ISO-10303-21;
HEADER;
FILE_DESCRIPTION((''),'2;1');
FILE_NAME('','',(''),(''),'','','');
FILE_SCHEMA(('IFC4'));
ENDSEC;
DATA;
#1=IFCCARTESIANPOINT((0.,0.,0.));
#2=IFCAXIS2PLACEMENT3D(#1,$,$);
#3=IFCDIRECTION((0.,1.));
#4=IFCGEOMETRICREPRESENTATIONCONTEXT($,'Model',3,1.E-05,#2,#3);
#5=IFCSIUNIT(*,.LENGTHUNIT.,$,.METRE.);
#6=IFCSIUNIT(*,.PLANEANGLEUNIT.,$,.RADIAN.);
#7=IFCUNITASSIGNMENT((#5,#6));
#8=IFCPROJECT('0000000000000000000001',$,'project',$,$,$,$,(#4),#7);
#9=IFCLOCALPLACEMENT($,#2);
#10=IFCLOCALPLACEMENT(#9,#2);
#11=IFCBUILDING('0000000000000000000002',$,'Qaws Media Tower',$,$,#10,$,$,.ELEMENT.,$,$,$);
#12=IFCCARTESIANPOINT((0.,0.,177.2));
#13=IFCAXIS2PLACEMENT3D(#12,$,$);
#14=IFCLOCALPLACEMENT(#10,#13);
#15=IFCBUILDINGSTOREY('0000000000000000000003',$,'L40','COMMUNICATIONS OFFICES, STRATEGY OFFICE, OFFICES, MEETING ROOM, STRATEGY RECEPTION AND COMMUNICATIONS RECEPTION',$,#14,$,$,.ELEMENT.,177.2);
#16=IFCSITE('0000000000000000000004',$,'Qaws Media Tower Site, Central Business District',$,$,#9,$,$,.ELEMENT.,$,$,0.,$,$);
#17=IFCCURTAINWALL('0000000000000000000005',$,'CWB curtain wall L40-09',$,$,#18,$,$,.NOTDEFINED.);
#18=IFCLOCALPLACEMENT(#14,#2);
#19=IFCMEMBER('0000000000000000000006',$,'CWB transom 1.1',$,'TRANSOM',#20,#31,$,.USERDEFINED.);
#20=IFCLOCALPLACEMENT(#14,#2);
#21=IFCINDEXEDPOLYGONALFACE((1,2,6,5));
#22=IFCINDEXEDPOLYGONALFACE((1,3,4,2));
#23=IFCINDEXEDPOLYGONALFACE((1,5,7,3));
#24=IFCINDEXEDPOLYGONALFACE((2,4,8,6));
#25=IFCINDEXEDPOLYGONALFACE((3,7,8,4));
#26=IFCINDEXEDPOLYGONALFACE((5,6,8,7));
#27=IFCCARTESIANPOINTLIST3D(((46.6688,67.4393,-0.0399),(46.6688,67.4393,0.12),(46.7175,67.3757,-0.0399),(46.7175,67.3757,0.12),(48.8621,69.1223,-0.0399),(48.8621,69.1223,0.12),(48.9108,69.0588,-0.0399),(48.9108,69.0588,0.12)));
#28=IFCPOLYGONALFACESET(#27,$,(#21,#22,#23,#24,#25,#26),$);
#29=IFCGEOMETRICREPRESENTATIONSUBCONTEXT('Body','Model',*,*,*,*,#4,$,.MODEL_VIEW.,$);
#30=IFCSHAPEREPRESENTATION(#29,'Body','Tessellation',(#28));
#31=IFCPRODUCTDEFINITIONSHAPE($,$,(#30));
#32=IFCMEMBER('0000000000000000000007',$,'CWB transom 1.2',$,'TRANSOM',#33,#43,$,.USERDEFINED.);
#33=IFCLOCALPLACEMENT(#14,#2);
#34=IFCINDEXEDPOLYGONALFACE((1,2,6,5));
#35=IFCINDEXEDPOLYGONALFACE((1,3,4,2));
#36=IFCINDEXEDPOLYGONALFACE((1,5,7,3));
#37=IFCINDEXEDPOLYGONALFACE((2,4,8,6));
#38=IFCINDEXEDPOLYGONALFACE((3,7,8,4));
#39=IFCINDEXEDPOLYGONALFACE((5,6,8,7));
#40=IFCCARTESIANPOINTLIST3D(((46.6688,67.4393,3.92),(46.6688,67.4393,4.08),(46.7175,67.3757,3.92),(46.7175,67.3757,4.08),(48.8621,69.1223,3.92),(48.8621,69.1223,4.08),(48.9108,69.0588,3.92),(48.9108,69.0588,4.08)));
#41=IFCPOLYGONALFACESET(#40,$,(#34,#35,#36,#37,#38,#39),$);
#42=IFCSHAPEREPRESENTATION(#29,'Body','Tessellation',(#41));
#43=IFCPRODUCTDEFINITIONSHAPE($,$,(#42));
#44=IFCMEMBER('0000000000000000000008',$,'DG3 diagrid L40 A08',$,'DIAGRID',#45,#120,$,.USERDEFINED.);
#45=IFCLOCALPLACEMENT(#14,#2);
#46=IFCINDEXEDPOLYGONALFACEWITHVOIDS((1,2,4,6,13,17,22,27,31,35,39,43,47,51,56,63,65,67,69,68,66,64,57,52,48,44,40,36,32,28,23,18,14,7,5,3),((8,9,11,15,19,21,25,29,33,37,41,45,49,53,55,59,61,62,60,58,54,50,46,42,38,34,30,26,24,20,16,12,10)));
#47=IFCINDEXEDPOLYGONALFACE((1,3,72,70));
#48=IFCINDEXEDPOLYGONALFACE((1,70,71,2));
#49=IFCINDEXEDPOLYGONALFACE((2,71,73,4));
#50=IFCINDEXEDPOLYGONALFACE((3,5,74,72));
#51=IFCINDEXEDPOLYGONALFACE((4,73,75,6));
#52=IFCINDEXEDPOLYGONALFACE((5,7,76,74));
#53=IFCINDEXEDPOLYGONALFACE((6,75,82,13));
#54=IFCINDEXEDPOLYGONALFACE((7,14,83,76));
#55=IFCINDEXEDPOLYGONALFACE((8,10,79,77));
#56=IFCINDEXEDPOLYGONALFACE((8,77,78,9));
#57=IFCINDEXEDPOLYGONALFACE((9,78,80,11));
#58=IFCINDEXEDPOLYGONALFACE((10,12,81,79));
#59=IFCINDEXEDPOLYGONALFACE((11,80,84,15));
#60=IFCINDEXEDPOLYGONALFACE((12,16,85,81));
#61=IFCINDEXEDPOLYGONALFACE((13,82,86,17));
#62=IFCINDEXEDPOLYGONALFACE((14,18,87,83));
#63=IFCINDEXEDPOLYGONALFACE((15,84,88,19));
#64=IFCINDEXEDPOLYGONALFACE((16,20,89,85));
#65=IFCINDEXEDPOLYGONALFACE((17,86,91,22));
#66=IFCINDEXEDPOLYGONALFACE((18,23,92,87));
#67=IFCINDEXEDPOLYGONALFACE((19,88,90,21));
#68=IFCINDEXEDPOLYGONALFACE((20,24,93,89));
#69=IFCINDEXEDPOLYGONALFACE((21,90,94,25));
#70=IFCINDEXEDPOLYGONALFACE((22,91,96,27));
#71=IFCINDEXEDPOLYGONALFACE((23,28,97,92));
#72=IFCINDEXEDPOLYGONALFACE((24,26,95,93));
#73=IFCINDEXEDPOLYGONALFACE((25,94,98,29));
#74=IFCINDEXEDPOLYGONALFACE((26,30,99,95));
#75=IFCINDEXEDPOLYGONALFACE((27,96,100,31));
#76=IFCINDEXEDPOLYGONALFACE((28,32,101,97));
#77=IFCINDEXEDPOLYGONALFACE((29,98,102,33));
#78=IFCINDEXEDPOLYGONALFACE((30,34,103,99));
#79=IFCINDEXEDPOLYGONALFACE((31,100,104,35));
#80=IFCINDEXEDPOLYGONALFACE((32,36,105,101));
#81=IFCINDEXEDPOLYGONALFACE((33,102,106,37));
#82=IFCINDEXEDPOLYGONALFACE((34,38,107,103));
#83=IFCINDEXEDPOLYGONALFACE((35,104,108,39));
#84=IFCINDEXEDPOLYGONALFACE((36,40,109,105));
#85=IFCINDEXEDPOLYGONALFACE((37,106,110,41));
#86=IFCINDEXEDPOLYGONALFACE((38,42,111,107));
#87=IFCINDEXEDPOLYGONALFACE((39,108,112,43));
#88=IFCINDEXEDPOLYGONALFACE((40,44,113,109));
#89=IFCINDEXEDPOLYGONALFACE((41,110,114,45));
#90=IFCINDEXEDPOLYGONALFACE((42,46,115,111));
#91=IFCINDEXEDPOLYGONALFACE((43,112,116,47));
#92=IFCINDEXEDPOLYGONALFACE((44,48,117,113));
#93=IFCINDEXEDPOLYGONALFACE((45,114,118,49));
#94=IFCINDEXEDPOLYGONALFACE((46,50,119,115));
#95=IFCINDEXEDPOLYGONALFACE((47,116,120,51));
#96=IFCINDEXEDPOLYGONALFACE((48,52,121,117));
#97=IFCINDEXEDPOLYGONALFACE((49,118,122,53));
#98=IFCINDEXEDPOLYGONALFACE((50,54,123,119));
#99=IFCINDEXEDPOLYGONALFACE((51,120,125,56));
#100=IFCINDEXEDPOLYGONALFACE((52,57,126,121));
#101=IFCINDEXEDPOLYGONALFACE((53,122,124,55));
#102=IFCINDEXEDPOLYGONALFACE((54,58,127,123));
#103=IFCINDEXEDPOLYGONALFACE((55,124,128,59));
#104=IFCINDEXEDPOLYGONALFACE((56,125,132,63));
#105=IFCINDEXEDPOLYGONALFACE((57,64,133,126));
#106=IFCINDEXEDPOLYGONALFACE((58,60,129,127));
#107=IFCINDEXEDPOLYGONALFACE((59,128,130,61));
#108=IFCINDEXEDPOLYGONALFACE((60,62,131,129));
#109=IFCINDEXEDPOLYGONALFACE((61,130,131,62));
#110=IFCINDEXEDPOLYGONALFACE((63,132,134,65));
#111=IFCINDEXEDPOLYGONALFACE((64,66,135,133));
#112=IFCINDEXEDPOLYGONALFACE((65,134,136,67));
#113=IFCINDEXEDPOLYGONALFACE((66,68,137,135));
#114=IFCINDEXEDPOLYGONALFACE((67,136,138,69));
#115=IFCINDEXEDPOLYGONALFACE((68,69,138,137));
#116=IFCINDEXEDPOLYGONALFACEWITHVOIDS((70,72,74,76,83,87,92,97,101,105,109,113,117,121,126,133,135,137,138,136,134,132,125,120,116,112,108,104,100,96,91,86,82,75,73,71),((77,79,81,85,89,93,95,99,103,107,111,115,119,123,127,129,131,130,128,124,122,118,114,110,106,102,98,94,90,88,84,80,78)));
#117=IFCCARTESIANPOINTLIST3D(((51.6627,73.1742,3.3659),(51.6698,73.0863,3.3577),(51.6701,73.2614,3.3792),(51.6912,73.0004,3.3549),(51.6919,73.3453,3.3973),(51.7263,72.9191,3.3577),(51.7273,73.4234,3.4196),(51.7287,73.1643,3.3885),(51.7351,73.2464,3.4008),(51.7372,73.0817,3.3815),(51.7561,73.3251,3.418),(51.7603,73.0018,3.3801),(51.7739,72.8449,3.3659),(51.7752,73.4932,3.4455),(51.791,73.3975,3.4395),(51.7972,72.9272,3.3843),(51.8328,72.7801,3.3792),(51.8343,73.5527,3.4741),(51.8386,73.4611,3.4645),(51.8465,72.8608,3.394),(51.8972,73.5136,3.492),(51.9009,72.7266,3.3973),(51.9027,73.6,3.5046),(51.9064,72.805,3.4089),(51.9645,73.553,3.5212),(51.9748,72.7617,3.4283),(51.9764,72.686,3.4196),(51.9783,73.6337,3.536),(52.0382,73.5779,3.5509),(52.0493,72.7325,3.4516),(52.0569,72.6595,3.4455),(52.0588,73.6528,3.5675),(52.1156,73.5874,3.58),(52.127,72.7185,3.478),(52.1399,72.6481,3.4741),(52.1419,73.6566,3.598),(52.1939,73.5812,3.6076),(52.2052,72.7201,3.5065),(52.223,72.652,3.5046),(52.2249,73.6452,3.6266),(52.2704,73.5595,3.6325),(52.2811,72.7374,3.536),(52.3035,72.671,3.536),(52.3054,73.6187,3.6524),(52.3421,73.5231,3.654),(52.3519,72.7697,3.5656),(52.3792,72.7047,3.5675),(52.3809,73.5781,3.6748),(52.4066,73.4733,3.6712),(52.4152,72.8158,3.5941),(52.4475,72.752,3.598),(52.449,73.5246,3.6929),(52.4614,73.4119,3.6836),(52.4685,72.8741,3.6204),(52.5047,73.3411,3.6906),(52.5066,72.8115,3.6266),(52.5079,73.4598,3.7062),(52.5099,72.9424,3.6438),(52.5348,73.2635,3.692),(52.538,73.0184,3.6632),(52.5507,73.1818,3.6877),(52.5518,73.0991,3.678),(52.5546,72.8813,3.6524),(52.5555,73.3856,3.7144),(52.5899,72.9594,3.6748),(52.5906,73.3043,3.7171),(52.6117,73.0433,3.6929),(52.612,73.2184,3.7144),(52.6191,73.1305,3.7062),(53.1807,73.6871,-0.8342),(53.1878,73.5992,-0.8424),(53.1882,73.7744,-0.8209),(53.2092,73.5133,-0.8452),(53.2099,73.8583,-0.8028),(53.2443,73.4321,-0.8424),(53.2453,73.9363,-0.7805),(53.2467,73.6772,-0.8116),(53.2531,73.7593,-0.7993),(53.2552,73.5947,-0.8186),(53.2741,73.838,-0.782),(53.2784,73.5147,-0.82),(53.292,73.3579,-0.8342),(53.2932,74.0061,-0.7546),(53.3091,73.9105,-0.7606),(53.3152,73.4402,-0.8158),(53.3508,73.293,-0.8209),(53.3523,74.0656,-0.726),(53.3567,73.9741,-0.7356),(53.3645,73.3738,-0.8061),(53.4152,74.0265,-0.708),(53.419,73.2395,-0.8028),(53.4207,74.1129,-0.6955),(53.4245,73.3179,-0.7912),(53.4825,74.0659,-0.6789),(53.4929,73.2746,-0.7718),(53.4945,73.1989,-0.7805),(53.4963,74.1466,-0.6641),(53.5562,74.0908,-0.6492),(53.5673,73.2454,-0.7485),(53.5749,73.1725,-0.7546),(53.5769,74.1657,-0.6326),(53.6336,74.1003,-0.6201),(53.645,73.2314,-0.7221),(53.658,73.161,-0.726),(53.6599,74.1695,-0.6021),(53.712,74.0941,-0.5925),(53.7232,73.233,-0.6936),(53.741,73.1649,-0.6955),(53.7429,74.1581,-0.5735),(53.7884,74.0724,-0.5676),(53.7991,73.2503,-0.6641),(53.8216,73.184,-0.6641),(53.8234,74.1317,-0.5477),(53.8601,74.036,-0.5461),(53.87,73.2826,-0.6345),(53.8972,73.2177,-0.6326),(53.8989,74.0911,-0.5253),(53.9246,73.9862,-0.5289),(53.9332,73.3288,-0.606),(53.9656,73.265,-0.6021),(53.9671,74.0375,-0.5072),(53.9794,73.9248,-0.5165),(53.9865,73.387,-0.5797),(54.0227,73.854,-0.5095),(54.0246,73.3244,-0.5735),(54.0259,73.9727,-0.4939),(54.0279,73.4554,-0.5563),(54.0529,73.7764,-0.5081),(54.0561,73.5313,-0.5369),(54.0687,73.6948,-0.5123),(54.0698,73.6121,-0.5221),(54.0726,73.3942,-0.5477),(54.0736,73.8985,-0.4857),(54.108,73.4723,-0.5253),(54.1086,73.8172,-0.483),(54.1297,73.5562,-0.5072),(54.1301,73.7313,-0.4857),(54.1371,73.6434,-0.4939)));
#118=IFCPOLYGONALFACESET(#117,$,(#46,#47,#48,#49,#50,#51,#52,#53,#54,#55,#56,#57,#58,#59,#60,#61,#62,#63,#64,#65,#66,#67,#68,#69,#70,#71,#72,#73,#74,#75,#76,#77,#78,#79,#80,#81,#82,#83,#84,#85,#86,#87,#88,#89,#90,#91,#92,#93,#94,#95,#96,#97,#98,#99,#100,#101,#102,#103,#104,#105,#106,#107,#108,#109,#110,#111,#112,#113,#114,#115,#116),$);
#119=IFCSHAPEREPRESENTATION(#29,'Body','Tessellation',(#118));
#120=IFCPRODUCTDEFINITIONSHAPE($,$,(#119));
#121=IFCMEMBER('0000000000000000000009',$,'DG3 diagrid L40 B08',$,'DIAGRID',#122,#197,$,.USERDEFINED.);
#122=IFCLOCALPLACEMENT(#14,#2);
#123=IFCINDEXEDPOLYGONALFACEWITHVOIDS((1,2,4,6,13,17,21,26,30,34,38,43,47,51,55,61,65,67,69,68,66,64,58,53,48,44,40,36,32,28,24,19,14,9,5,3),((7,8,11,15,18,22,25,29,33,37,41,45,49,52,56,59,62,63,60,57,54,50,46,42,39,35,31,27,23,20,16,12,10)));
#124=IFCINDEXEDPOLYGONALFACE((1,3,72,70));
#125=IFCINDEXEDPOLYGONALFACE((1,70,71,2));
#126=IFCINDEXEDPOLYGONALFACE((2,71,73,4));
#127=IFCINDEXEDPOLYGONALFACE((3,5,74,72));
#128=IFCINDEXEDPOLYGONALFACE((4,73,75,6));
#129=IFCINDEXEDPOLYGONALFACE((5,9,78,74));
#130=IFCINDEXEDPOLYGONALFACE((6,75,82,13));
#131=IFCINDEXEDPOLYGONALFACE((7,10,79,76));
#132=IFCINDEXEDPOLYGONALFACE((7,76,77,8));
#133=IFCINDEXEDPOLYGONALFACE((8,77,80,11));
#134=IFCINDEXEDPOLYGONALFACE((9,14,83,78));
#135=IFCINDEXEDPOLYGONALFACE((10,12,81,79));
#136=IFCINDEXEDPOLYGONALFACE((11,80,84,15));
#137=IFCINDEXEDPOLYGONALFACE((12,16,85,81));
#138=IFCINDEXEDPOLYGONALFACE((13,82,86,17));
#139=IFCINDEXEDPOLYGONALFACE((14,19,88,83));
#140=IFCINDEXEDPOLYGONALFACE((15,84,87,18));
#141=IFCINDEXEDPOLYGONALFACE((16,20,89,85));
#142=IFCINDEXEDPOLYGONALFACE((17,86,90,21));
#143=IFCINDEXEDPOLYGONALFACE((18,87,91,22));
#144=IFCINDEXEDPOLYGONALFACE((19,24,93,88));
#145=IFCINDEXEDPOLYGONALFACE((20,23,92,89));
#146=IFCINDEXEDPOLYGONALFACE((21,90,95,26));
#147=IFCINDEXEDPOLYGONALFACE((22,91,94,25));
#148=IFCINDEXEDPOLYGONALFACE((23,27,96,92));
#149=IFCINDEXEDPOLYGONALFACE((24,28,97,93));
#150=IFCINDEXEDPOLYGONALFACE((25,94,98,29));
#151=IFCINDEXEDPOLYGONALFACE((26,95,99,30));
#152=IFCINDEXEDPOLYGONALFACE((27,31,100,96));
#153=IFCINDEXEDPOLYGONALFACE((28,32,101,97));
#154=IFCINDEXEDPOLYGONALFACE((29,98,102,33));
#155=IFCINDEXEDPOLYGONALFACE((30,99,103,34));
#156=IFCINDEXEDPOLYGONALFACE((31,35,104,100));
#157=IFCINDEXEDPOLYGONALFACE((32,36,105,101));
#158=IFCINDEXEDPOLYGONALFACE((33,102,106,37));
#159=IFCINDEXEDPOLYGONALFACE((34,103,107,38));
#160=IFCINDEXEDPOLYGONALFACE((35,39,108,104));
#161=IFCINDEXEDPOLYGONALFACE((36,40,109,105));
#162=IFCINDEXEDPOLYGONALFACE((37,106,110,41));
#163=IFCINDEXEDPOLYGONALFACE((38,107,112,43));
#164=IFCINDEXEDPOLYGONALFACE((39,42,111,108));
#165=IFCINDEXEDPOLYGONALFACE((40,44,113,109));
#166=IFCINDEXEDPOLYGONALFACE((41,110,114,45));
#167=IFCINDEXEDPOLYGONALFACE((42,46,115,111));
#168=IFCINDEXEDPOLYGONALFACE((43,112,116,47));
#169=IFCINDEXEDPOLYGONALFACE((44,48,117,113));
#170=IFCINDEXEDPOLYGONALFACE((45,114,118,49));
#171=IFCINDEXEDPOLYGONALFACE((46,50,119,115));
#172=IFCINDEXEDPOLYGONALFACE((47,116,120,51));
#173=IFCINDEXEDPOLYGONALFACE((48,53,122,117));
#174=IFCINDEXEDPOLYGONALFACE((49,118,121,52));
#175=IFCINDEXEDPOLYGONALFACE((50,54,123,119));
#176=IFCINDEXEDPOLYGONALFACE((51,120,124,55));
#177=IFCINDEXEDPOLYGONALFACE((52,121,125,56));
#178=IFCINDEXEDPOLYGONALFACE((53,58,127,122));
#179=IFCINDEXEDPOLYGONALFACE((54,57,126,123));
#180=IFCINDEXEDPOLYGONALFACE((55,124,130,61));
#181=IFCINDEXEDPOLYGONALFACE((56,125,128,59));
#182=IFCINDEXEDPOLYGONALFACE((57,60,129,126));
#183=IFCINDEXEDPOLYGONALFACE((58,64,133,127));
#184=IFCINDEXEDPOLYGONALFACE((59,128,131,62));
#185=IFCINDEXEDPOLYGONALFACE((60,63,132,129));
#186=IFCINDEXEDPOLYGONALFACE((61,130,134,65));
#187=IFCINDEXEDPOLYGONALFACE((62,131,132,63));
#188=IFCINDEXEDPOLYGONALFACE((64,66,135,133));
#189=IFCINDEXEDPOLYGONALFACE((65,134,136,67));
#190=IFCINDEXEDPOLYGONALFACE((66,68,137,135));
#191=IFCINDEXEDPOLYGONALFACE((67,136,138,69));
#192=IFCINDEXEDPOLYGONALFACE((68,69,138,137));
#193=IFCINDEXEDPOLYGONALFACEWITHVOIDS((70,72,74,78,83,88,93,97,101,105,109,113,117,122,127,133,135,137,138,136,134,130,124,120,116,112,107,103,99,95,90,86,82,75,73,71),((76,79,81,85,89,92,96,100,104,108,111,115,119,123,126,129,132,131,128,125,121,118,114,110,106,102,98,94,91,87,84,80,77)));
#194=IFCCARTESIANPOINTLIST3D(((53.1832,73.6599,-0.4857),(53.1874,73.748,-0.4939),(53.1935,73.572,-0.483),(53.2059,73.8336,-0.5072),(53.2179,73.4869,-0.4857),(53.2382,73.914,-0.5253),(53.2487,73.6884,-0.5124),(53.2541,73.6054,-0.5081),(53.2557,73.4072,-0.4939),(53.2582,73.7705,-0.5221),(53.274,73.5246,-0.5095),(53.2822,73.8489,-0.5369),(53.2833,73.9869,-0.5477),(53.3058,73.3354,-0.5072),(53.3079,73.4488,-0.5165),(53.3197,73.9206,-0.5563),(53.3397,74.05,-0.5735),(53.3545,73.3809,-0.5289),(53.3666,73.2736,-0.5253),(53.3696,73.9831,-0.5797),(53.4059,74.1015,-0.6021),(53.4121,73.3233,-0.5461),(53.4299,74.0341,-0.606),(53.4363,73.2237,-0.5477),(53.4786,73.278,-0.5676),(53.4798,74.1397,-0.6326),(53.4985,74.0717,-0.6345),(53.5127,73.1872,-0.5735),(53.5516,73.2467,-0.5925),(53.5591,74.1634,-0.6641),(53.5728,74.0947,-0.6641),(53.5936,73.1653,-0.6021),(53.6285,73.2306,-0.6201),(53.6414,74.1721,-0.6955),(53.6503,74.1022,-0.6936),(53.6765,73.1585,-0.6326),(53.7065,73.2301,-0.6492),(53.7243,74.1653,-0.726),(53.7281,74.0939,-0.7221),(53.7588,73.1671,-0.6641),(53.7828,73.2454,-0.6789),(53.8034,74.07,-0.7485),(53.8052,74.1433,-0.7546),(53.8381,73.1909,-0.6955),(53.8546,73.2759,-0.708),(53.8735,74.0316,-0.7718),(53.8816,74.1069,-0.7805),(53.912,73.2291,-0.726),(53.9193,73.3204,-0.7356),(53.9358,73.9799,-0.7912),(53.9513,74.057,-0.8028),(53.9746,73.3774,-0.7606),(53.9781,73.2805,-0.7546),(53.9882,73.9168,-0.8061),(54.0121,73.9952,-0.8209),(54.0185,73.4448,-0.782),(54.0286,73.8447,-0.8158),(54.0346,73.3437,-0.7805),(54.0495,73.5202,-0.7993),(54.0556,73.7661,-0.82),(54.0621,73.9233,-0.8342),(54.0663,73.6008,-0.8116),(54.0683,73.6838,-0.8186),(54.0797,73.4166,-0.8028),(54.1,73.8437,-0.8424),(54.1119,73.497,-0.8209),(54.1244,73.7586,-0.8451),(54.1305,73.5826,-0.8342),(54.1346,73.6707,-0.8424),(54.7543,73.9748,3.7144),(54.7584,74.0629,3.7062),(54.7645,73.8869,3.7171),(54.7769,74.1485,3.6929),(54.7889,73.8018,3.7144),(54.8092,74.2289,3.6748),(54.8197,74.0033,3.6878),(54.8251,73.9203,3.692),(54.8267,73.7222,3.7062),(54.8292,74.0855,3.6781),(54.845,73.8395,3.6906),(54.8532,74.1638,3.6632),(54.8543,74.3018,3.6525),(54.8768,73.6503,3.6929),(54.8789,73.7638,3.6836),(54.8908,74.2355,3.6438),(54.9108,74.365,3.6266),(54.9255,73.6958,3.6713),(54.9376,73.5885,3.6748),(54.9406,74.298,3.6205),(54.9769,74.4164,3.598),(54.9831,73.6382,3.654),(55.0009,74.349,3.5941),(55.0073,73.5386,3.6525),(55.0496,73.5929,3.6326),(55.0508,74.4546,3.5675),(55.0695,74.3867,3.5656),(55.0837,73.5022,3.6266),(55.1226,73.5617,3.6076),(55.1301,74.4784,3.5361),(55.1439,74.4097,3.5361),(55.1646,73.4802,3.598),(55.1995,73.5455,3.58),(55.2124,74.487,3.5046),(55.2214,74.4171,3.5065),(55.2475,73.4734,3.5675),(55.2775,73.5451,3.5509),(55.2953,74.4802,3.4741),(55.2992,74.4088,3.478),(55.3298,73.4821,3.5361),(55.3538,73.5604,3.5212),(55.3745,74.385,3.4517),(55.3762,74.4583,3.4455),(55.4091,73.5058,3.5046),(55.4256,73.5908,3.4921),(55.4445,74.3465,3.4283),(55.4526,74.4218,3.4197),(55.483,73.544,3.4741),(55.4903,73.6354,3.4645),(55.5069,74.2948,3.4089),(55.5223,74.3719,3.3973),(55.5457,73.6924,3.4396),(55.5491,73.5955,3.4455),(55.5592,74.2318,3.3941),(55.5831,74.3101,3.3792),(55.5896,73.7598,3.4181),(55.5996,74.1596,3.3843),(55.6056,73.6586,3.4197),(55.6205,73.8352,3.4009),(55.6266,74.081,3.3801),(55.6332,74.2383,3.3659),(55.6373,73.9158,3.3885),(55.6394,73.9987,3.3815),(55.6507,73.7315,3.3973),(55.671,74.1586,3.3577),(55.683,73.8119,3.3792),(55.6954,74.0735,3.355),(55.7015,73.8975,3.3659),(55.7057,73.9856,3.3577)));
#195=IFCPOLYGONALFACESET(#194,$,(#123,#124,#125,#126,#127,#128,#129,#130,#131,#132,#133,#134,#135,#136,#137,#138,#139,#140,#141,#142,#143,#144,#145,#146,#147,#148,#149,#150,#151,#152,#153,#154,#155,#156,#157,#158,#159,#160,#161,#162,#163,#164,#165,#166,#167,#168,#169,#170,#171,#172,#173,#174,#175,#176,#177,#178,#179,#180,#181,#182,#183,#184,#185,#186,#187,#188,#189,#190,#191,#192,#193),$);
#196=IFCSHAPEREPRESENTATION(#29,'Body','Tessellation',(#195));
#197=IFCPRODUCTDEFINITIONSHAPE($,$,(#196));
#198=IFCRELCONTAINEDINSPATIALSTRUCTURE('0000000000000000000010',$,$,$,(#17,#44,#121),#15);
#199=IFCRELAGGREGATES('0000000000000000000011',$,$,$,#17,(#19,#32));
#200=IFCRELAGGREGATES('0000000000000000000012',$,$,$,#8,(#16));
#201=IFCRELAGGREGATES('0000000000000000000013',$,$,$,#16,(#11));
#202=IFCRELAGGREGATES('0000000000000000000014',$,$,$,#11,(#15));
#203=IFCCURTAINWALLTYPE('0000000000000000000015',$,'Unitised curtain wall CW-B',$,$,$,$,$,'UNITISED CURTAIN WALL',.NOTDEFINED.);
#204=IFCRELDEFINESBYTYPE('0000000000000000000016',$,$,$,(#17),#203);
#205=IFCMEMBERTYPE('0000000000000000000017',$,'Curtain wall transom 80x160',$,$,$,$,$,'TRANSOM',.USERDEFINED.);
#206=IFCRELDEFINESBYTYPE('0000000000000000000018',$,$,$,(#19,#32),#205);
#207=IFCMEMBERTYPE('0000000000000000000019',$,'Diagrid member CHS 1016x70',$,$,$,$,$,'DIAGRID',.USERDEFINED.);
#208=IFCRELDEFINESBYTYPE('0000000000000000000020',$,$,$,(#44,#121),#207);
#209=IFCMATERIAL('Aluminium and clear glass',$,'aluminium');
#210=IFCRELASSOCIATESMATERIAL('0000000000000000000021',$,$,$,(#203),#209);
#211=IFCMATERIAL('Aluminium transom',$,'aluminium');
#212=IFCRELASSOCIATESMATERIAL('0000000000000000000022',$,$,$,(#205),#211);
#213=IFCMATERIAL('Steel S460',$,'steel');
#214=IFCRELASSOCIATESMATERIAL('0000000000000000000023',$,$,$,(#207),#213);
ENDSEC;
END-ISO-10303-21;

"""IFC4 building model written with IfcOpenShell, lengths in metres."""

from ifc_helpers import new_model, si_unit, direction, frame, origin, origin_2d, place, context, subcontext, project, spatial, rectangle, hollow_circle, extrude, material, material_profile, profile_set, type_object, element, aggregate, save


model = new_model("IFC4")

# Units and contexts
model_context = context("Model", 3, precision=1e-05, world=origin(), true_north=direction((0.0, 1.0)))
body_context = subcontext(model_context, "Body", "Model", "MODEL_VIEW")
ifc_project = project(units=[si_unit("LENGTHUNIT", "METRE"), si_unit("PLANEANGLEUNIT", "RADIAN")], contexts=[model_context])

# Site, building, storey
site_placement = place(None, origin())
site = spatial("IfcSite", under=ifc_project, at=site_placement, Name="Qaws Media Tower Site, Central Business District", CompositionType="ELEMENT", RefElevation=0.0)
building_placement = place(site_placement, origin())
building = spatial("IfcBuilding", under=site, at=building_placement, Name="Qaws Media Tower", CompositionType="ELEMENT")
storey_placement = place(building_placement, frame((0.0, 0.0, 177.2)))
storey = spatial("IfcBuildingStorey", under=building, at=storey_placement, Name="L40", Description="COMMUNICATIONS OFFICES, STRATEGY OFFICE, OFFICES, MEETING ROOM, STRATEGY RECEPTION AND COMMUNICATIONS RECEPTION", CompositionType="ELEMENT", Elevation=177.2)

# Shared definitions
ifc_material_1 = material(Name="Aluminium and clear glass", Category="aluminium")
curtain_wall_type = type_object("IfcCurtainWallType", Name="Unitised curtain wall CW-B", ElementType="UNITISED CURTAIN WALL", PredefinedType="NOTDEFINED", material=ifc_material_1)

# Curtain wall
curtain_wall_1_placement = place(storey_placement, origin())
curtain_wall_1 = element("IfcCurtainWall", 1, at=curtain_wall_1_placement, inside=storey, type_object=curtain_wall_type, Name="CWB curtain wall L40-09", PredefinedType="NOTDEFINED")

# Members
ifc_material_2 = material(Name="Aluminium transom", Category="aluminium")
ifc_material_profile_1 = material_profile(ifc_material_2, rectangle(XDim=0.0801, YDim=0.1599, at=origin_2d()), Name="80x160")
ifc_profile_set_1 = profile_set([ifc_material_profile_1], Name="Aluminium transom")
member_type_1 = type_object("IfcMemberType", Name="Curtain wall transom 80x160", ElementType="TRANSOM", PredefinedType="USERDEFINED", material=ifc_profile_set_1)
member_1_placement = place(storey_placement, frame((48.8865, 69.0906, 0.04), z_axis=(-0.793339, -0.60878, 0.0), x_axis=(0.60878, -0.793339, 0.0)))
member_1 = element("IfcMember", 2, at=member_1_placement, type_object=member_type_1, Name="CWB transom 1.1", ObjectType="TRANSOM", PredefinedType="USERDEFINED", context=body_context, shape_type="SweptSolid", body=[
    extrude(rectangle(XDim=0.0801, YDim=0.1599, at=origin_2d()), origin(), (0.0, 0.0, 1.0), 2.7646),
])
member_2_placement = place(storey_placement, frame((48.8865, 69.0906, 4.0), z_axis=(-0.793339, -0.60878, 0.0), x_axis=(0.60878, -0.793339, 0.0)))
member_2 = element("IfcMember", 3, at=member_2_placement, type_object=member_type_1, Name="CWB transom 1.2", ObjectType="TRANSOM", PredefinedType="USERDEFINED", context=body_context, shape_type="SweptSolid", body=[
    extrude(rectangle(XDim=0.0801, YDim=0.1599, at=origin_2d()), origin(), (0.0, 0.0, 1.0), 2.7646),
])

# Members
ifc_material_3 = material(Name="Steel S460", Category="steel")
ifc_material_profile_2 = material_profile(ifc_material_3, hollow_circle(Radius=0.5081, WallThickness=0.0701, at=origin_2d()), Name="CHS 1016x70")
ifc_profile_set_2 = profile_set([ifc_material_profile_2], Name="Steel S460")
member_type_2 = type_object("IfcMemberType", Name="Diagrid member CHS 1016x70", ElementType="DIAGRID", PredefinedType="USERDEFINED", material=ifc_profile_set_2)
for number, where, z_axis, x_axis, name in (
    (4, (53.6589, 73.6653, -0.6641), (-0.337688, -0.114101, 0.934317), (0.32011, -0.94738, 0.0), "DG3 diagrid L40 A08"),
    (5, (53.6589, 73.6653, -0.6641), (0.349475, 0.070058, 0.934323), (-0.196556, 0.980493, 0.0), "DG3 diagrid L40 B08"),
):
    element("IfcMember", number, at=place(storey_placement, frame(where, z_axis=z_axis, x_axis=x_axis)), inside=storey, type_object=member_type_2, Name=name, ObjectType="DIAGRID", PredefinedType="USERDEFINED", context=body_context, shape_type="SweptSolid", body=[
        extrude(hollow_circle(Radius=0.5081, WallThickness=0.0701, at=origin_2d()), origin(), (0.0, 0.0, 1.0), 4.4954),
    ])

aggregate(curtain_wall_1, [member_1, member_2])

save(model, "model.ifc")
